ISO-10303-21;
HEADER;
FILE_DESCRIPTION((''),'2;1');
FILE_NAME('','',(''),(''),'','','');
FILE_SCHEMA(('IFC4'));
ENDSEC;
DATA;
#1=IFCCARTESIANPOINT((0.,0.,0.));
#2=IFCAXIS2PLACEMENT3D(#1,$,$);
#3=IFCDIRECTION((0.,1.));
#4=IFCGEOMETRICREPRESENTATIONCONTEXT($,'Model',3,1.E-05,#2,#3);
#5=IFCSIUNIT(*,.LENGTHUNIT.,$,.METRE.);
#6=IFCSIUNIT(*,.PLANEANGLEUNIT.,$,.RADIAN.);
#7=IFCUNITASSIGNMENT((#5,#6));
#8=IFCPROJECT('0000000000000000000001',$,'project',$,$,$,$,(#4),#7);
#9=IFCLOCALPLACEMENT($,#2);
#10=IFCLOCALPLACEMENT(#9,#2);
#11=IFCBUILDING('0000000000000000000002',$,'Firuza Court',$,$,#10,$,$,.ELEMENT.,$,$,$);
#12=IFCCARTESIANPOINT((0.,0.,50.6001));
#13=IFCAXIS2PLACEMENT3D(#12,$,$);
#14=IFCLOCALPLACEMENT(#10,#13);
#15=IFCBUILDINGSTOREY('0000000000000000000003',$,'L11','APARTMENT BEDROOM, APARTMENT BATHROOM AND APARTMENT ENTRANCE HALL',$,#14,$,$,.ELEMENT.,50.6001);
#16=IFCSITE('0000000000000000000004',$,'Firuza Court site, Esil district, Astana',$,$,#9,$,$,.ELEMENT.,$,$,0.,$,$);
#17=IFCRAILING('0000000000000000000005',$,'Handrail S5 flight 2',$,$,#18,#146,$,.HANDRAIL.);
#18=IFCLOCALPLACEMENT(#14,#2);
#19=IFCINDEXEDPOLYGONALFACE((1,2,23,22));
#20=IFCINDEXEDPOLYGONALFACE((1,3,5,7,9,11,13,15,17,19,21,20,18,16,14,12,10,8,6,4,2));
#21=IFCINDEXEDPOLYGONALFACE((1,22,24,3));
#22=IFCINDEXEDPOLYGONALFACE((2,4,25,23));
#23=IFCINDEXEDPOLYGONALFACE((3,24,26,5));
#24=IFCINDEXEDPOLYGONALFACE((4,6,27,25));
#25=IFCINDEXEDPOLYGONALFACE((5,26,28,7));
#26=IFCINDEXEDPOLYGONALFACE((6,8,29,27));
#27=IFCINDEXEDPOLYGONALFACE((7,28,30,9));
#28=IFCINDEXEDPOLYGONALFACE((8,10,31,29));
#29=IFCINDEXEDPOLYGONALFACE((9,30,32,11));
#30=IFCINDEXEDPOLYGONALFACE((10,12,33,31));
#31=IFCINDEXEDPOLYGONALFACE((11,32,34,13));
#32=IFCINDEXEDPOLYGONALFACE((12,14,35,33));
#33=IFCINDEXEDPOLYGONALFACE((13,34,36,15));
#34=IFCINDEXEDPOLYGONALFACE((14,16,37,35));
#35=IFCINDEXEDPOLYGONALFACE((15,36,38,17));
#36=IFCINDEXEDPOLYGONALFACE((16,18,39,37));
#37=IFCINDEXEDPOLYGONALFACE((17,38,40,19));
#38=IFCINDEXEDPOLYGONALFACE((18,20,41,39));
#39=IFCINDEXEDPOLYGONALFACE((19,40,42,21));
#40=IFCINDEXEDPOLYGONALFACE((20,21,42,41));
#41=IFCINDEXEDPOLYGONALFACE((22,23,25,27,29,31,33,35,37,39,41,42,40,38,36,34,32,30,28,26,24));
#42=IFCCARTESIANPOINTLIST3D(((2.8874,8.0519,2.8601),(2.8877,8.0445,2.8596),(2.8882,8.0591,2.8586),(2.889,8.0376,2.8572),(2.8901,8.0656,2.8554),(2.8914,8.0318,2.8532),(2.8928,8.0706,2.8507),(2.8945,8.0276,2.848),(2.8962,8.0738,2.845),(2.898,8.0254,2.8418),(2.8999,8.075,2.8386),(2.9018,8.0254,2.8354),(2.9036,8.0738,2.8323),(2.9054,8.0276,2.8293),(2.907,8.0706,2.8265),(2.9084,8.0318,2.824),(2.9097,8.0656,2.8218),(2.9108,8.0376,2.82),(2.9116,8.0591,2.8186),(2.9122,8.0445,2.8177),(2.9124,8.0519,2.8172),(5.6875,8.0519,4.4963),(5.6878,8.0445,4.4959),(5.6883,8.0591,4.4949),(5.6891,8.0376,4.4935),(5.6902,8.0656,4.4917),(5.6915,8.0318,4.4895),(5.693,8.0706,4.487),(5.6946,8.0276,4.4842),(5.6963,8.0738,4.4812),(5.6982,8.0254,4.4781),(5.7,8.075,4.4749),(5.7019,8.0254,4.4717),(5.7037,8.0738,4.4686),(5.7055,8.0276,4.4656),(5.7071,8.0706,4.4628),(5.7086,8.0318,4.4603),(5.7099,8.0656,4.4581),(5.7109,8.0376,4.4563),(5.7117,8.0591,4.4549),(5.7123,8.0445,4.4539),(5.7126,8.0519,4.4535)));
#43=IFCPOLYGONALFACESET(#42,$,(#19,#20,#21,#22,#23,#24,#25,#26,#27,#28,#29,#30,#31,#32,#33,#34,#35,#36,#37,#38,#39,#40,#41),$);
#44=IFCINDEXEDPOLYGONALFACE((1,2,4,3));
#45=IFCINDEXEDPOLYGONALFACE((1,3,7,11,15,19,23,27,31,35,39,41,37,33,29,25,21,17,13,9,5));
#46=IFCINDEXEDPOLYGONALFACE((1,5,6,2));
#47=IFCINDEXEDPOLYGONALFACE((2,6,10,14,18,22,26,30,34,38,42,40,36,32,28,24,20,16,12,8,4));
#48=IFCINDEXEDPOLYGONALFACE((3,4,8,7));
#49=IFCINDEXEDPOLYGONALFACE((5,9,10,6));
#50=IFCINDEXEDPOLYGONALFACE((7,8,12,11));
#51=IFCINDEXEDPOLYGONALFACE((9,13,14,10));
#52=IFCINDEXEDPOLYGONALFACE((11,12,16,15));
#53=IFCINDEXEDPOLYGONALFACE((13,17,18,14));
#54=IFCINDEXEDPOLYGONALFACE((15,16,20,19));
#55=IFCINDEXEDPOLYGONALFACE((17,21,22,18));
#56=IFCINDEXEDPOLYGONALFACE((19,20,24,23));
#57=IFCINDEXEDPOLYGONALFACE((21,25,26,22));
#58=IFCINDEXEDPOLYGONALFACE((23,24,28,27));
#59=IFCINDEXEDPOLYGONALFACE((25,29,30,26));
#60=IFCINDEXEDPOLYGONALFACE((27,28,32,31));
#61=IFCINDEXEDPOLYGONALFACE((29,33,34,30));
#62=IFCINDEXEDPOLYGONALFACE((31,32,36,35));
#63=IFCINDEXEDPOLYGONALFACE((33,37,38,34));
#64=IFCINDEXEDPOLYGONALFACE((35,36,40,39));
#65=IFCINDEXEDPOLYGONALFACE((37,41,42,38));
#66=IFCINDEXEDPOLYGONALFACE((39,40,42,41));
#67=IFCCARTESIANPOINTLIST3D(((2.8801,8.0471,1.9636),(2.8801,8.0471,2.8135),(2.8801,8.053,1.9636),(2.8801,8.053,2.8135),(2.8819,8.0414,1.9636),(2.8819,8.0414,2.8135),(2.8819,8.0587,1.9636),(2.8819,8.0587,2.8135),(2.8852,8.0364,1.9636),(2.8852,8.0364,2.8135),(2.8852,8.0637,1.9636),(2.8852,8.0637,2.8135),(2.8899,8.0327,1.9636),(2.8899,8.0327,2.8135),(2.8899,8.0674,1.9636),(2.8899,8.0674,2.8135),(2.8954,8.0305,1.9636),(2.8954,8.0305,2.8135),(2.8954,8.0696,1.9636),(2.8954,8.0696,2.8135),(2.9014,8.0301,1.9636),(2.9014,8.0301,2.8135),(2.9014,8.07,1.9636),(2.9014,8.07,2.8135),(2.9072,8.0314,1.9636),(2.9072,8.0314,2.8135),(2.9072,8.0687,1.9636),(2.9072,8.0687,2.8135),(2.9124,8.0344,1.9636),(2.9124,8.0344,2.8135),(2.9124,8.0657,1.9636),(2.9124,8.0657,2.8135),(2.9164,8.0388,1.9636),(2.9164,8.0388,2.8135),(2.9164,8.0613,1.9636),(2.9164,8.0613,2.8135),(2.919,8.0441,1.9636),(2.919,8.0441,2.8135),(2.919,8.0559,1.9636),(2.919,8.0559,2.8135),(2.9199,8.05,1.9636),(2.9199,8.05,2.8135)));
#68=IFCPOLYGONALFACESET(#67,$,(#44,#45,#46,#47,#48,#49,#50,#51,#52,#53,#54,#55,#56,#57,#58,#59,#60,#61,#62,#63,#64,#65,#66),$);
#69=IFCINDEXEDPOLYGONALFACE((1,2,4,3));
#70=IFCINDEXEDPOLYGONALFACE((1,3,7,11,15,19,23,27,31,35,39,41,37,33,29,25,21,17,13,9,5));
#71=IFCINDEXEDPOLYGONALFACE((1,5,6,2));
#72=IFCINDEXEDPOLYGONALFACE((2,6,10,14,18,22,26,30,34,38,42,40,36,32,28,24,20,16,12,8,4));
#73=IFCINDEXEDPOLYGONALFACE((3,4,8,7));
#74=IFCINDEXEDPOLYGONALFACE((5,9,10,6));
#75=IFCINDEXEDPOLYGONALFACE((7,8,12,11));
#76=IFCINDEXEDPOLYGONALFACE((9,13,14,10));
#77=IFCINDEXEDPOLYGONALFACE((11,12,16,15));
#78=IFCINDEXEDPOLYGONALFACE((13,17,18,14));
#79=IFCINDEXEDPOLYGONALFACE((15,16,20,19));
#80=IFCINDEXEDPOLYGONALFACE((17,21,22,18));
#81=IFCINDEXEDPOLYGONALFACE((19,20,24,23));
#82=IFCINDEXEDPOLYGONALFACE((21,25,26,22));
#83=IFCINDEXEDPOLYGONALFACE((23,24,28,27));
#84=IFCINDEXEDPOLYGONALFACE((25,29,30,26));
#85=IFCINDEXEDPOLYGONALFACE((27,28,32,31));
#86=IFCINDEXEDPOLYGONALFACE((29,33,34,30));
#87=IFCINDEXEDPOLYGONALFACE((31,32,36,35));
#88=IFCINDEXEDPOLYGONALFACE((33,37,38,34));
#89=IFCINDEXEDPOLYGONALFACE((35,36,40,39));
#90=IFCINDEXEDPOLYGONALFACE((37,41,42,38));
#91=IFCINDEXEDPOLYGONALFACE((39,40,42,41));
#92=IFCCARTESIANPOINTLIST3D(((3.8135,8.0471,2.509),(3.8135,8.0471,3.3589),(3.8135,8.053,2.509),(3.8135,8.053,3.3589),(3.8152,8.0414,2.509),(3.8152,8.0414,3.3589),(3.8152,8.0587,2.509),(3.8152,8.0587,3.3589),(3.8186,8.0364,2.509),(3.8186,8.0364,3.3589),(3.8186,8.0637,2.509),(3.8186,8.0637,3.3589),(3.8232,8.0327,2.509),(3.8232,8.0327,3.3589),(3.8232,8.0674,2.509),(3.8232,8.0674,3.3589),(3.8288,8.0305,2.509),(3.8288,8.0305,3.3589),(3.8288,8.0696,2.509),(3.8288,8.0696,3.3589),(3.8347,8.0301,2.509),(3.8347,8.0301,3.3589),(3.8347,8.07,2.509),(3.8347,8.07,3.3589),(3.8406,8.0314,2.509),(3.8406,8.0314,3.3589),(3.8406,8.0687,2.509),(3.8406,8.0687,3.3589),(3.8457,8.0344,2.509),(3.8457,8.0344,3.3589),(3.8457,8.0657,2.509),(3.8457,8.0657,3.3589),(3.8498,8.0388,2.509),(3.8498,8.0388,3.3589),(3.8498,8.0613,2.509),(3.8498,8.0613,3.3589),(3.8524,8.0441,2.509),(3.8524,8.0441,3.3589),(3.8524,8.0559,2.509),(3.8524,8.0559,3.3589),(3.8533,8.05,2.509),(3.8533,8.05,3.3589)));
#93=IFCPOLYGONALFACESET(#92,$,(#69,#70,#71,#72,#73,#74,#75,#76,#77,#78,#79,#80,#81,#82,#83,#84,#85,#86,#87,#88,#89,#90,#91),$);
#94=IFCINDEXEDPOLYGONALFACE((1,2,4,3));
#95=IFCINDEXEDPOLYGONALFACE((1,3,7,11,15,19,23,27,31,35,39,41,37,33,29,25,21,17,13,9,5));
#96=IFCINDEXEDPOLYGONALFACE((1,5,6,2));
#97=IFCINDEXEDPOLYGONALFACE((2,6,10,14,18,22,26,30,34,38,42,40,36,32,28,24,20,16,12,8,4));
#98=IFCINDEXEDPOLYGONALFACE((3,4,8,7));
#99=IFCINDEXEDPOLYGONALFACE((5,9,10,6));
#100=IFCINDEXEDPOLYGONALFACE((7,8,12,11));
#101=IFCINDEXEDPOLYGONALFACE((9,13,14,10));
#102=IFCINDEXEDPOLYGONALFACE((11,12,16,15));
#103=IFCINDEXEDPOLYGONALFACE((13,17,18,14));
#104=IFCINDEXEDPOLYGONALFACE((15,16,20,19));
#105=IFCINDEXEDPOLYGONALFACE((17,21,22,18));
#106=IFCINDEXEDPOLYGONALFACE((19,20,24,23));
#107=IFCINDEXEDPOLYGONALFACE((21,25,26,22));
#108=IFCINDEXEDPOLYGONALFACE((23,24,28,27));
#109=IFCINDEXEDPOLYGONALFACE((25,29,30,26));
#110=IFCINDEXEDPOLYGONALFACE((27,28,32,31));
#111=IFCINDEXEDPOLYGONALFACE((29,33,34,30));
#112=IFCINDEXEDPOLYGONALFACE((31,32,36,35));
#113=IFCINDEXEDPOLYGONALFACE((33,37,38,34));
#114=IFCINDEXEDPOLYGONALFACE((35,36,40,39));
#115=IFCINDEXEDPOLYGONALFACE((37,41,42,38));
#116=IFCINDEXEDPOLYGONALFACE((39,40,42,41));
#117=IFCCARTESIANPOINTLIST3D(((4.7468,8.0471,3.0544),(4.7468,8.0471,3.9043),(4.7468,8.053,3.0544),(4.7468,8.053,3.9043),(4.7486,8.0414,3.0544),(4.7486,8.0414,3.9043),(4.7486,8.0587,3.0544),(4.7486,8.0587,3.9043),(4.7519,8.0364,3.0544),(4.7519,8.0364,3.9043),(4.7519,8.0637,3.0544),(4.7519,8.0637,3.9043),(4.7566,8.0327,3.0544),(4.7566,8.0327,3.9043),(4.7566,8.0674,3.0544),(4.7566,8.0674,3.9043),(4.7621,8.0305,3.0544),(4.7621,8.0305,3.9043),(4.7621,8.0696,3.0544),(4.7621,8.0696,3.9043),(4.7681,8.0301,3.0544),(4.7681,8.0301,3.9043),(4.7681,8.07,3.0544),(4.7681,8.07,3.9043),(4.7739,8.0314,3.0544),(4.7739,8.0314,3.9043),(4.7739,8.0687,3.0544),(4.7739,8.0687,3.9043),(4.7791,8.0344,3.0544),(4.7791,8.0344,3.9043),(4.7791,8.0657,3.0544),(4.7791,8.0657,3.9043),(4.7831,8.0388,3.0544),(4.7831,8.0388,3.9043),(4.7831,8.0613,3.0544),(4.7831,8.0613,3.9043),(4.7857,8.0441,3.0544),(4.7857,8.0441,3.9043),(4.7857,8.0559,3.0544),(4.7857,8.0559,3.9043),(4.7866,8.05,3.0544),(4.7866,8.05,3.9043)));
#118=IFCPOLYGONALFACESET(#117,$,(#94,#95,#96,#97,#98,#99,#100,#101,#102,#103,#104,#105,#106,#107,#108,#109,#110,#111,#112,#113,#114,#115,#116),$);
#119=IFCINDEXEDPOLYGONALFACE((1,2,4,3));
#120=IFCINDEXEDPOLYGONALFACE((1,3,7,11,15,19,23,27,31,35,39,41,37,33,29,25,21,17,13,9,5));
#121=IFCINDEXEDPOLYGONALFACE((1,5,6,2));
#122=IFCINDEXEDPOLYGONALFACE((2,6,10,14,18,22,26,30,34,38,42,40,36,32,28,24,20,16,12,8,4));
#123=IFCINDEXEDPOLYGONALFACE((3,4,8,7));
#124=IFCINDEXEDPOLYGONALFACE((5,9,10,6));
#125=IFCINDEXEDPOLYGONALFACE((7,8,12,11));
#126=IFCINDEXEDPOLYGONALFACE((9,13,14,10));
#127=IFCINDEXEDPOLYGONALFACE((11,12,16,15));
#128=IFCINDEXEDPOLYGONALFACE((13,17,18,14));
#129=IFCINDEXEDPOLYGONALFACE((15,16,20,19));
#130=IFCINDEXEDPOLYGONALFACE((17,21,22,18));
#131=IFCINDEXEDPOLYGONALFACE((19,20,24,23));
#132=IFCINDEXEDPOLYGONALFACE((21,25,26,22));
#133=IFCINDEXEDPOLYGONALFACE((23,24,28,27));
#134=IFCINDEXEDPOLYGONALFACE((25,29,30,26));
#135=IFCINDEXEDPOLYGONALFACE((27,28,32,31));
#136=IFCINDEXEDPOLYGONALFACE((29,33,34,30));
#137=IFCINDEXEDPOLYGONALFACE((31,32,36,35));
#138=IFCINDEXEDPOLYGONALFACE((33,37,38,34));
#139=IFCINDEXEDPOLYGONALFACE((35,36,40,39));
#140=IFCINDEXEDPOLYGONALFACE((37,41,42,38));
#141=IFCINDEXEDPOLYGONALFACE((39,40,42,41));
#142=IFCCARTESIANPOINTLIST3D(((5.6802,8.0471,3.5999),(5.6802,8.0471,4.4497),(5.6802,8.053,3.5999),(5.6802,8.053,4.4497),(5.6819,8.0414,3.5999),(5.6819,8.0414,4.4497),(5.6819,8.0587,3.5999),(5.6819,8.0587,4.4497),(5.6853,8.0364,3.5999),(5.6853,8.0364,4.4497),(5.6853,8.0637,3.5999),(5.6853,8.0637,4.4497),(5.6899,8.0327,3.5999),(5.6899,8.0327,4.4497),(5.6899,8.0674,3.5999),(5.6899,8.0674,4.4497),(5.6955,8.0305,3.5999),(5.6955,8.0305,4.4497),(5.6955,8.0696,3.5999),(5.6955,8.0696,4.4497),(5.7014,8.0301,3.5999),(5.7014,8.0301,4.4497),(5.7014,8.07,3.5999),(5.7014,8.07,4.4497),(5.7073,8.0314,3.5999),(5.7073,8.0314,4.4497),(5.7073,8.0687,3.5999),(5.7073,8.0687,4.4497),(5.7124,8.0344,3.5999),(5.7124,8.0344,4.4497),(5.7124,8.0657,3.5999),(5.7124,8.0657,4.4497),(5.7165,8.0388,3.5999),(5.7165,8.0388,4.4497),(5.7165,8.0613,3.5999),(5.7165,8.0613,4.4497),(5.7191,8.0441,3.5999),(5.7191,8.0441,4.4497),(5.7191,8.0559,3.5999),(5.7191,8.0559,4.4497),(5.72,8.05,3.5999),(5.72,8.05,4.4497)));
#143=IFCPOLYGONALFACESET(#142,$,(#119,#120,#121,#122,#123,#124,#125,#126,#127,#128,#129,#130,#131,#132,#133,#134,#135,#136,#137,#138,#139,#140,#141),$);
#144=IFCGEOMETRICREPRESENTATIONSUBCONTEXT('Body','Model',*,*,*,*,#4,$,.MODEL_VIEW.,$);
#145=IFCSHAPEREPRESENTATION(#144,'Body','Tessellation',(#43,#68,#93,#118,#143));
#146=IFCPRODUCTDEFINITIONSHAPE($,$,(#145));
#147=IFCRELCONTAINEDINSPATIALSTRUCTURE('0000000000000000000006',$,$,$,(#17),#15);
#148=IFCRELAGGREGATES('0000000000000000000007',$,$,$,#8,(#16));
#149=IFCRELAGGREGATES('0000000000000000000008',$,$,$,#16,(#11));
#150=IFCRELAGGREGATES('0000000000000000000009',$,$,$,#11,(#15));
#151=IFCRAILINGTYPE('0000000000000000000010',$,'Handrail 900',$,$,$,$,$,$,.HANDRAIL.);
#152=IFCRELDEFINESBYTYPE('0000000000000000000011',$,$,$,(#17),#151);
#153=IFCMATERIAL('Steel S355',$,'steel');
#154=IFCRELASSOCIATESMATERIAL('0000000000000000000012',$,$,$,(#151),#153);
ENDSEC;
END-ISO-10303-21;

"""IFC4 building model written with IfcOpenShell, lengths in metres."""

from ifc_helpers import new_model, si_unit, direction, frame, origin, origin_2d, place, context, subcontext, project, spatial, circle, extrude, material, type_object, element, save


model = new_model("IFC4")

# Units and contexts
model_context = context("Model", 3, precision=1e-05, world=origin(), true_north=direction((0.0, 1.0)))
body_context = subcontext(model_context, "Body", "Model", "MODEL_VIEW")
ifc_project = project(units=[si_unit("LENGTHUNIT", "METRE"), si_unit("PLANEANGLEUNIT", "RADIAN")], contexts=[model_context])

# Site, building, storey
site_placement = place(None, origin())
site = spatial("IfcSite", under=ifc_project, at=site_placement, Name="Firuza Court site, Esil district, Astana", CompositionType="ELEMENT", RefElevation=0.0)
building_placement = place(site_placement, origin())
building = spatial("IfcBuilding", under=site, at=building_placement, Name="Firuza Court", CompositionType="ELEMENT")
storey_placement = place(building_placement, frame((0.0, 0.0, 50.6001)))
storey = spatial("IfcBuildingStorey", under=building, at=storey_placement, Name="L11", Description="APARTMENT BEDROOM, APARTMENT BATHROOM AND APARTMENT ENTRANCE HALL", CompositionType="ELEMENT", Elevation=50.6001)

# Railing
ifc_material_1 = material(Name="Steel S355", Category="steel")
railing_type_1 = type_object("IfcRailingType", Name="Handrail 900", PredefinedType="HANDRAIL", material=ifc_material_1)
railing_1_placement = place(storey_placement, frame((2.8999, 8.05, 1.9636)))
element("IfcRailing", 1, at=railing_1_placement, inside=storey, type_object=railing_type_1, Name="Handrail S5 flight 2", PredefinedType="HANDRAIL", context=body_context, shape_type="SweptSolid", body=[
    extrude(circle(Radius=0.0249, at=origin_2d()), frame((0.0, 0.0, 0.875), z_axis=(0.863394, 0.0, 0.504531), x_axis=(0.0, 1.0, 0.0)), (0.0, 0.0, 1.0), 3.2432),
    extrude(circle(Radius=0.02, at=origin_2d()), origin(), (0.0, 0.0, 1.0), 0.8499),
    extrude(circle(Radius=0.02, at=origin_2d()), frame((0.9333, 0.0, 0.5454)), (0.0, 0.0, 1.0), 0.8499),
    extrude(circle(Radius=0.02, at=origin_2d()), frame((1.8667, 0.0, 1.0908)), (0.0, 0.0, 1.0), 0.8499),
    extrude(circle(Radius=0.02, at=origin_2d()), frame((2.8, 0.0, 1.6362)), (0.0, 0.0, 1.0), 0.8499),
])

save(model, "model.ifc")
